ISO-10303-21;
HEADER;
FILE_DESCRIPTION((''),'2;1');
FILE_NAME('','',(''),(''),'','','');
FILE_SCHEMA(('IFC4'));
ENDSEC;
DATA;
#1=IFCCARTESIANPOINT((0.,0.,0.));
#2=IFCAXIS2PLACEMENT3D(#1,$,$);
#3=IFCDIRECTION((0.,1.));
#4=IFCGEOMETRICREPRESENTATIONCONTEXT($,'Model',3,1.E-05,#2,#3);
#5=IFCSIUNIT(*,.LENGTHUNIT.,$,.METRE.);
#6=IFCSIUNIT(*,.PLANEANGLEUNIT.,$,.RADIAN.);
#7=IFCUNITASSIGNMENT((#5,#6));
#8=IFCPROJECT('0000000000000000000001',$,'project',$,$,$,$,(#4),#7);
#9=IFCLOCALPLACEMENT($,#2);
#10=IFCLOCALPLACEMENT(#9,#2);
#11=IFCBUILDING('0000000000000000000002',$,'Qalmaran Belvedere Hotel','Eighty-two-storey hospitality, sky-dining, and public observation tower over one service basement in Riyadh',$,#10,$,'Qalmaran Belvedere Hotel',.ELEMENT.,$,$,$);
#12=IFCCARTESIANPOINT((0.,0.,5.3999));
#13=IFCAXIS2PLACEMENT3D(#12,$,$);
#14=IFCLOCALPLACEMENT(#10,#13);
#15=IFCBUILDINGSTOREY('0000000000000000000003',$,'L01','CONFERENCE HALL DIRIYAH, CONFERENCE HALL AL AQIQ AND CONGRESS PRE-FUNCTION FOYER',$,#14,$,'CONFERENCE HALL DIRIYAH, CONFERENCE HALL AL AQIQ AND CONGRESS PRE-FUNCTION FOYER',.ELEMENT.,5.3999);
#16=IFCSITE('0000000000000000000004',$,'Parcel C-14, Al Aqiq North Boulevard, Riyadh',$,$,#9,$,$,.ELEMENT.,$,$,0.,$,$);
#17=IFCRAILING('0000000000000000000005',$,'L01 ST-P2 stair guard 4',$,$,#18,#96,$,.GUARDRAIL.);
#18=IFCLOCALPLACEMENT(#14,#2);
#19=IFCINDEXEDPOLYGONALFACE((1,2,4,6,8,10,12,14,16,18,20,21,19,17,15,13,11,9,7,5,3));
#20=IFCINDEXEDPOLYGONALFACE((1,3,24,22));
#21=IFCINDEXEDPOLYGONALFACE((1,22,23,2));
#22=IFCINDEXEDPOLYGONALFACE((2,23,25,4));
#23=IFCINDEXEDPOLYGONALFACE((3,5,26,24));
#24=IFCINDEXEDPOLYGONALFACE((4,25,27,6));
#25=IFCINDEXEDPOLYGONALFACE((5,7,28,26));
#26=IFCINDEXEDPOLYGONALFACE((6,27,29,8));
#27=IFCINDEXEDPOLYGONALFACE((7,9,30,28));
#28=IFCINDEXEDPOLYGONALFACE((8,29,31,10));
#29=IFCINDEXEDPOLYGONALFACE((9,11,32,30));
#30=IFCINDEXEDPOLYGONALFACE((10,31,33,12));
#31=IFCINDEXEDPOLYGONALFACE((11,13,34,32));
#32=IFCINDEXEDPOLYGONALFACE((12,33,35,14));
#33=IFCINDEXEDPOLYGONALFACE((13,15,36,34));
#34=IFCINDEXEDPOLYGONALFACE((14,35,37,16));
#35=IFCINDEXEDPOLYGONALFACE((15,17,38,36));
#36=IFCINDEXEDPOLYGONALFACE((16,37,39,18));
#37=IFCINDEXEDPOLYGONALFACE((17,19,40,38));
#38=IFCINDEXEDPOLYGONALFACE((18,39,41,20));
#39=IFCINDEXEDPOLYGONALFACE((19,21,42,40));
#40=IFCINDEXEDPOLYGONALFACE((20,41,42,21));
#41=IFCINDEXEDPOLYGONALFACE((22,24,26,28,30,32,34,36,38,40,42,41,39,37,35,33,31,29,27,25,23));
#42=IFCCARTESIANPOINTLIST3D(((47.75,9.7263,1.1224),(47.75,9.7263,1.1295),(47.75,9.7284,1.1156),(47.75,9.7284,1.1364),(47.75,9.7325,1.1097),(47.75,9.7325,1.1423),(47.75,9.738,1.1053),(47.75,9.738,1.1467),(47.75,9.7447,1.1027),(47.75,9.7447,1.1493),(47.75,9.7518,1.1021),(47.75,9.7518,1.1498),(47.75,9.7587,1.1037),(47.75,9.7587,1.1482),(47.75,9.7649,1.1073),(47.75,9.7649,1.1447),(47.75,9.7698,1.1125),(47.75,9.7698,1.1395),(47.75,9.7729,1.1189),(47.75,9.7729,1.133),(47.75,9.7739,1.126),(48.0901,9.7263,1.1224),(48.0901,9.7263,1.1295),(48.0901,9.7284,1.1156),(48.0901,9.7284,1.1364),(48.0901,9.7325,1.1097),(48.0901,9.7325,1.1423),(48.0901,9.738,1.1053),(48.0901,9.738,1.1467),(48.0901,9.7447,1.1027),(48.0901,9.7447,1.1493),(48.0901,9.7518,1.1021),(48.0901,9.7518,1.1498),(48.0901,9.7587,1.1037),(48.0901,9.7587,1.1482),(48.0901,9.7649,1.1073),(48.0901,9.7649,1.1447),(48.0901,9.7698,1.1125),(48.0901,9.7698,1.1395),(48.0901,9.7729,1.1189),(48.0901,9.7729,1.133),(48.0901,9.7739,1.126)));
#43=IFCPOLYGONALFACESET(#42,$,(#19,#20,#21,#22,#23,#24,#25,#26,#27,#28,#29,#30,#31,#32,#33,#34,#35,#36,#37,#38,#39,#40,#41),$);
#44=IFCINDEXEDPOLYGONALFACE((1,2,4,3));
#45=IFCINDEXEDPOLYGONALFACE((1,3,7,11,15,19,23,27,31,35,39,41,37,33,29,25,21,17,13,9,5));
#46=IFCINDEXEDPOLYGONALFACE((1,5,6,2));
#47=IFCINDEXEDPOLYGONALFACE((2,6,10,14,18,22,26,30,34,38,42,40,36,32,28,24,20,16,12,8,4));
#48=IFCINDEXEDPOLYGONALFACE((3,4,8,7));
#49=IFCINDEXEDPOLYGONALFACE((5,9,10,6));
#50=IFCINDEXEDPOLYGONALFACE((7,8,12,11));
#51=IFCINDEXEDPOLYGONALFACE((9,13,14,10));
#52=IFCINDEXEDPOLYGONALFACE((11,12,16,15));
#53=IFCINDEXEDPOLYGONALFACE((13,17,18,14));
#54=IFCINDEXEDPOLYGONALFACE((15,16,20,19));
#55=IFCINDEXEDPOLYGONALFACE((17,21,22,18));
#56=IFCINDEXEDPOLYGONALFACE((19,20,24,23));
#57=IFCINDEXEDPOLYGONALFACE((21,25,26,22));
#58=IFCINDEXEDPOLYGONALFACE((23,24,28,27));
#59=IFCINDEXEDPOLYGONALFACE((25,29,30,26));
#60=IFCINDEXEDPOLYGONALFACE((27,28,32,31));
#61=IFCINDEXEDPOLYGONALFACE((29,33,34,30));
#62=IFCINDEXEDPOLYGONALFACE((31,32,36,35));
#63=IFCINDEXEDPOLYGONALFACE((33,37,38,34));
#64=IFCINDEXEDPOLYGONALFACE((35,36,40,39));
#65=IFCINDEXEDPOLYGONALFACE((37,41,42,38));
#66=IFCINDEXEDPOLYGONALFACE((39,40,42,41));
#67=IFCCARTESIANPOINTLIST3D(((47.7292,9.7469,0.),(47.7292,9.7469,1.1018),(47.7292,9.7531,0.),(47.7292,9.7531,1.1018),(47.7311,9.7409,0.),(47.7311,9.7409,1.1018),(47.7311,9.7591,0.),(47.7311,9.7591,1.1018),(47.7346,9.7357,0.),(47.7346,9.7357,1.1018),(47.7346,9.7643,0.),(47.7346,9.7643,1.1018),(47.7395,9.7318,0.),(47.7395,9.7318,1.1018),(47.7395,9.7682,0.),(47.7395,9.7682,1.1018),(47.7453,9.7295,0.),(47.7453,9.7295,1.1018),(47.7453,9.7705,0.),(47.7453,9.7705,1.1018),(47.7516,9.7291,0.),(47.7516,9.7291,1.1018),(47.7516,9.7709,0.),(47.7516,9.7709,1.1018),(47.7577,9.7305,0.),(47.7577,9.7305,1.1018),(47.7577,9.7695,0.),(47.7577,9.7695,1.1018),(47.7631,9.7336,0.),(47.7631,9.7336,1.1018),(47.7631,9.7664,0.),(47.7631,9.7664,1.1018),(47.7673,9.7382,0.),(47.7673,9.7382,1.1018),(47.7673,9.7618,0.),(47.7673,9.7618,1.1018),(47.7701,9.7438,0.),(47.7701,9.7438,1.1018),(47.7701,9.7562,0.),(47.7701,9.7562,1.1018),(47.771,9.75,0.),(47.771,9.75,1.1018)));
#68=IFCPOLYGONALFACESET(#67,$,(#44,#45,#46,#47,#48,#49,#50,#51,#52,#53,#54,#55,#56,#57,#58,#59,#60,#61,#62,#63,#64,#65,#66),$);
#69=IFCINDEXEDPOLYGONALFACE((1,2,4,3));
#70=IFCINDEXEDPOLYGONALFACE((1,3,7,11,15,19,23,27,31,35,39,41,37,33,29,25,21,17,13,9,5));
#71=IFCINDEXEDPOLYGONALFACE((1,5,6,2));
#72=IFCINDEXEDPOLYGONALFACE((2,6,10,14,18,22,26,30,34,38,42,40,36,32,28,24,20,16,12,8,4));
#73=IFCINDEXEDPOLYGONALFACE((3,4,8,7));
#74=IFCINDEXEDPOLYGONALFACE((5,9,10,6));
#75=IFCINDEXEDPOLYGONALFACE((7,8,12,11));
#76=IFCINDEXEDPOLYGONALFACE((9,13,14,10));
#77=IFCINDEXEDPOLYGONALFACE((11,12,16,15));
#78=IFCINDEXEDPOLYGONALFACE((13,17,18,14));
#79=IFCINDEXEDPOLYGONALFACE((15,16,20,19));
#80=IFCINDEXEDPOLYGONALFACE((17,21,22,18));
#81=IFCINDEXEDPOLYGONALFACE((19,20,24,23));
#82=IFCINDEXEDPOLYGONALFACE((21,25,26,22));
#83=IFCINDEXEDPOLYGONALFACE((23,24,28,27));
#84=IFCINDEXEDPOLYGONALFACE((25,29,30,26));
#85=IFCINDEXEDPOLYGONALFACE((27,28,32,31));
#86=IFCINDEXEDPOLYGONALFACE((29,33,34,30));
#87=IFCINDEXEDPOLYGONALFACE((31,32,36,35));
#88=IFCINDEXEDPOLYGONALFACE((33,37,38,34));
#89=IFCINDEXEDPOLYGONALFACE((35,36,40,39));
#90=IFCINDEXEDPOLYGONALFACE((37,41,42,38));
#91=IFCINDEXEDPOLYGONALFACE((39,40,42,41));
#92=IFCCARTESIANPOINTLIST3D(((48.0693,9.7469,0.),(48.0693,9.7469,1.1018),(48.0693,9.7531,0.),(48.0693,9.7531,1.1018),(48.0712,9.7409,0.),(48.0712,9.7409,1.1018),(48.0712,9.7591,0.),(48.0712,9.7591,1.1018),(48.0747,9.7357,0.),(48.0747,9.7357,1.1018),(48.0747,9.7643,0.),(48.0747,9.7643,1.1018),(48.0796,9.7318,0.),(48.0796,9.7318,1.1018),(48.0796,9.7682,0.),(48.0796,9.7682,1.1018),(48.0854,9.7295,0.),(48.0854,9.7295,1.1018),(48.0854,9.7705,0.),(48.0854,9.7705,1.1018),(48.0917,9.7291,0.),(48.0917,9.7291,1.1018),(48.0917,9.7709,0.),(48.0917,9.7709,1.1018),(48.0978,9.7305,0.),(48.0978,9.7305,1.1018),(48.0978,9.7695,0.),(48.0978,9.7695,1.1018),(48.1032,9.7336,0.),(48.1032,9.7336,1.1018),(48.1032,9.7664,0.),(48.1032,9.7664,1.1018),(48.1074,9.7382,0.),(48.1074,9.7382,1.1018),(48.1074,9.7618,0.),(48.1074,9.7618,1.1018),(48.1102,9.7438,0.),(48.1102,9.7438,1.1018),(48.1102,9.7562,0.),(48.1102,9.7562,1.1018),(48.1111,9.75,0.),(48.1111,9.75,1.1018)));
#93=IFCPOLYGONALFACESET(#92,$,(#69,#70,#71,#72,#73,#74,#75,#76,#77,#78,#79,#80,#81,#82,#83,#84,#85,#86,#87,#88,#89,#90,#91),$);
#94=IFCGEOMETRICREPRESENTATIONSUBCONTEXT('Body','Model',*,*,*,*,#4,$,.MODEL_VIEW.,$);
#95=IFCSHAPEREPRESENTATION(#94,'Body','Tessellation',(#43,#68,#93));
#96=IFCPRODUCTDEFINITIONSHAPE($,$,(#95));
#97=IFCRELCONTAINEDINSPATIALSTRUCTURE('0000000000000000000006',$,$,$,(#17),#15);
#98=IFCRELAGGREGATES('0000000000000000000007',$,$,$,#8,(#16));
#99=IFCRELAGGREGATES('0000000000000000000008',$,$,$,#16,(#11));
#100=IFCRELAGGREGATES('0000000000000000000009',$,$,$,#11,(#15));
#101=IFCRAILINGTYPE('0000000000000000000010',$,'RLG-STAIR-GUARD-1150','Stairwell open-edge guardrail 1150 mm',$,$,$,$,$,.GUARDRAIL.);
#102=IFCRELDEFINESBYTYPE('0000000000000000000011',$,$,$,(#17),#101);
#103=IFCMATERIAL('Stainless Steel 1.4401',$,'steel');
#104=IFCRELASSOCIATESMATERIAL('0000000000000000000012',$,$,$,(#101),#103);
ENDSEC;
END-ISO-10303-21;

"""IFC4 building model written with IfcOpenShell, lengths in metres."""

from ifc_helpers import new_model, si_unit, direction, frame, origin, origin_2d, place, context, subcontext, project, spatial, circle, extrude, material, type_object, element, save


model = new_model("IFC4")

# Units and contexts
model_context = context("Model", 3, precision=1e-05, world=origin(), true_north=direction((0.0, 1.0)))
body_context = subcontext(model_context, "Body", "Model", "MODEL_VIEW")
ifc_project = project(units=[si_unit("LENGTHUNIT", "METRE"), si_unit("PLANEANGLEUNIT", "RADIAN")], contexts=[model_context])

# Site, building, storey
site_placement = place(None, origin())
site = spatial("IfcSite", under=ifc_project, at=site_placement, Name="Parcel C-14, Al Aqiq North Boulevard, Riyadh", CompositionType="ELEMENT", RefElevation=0.0)
building_placement = place(site_placement, origin())
building = spatial("IfcBuilding", under=site, at=building_placement, Name="Qalmaran Belvedere Hotel", Description="Eighty-two-storey hospitality, sky-dining, and public observation tower over one service basement in Riyadh", LongName="Qalmaran Belvedere Hotel", CompositionType="ELEMENT")
storey_placement = place(building_placement, frame((0.0, 0.0, 5.3999)))
storey = spatial("IfcBuildingStorey", under=building, at=storey_placement, Name="L01", Description="CONFERENCE HALL DIRIYAH, CONFERENCE HALL AL AQIQ AND CONGRESS PRE-FUNCTION FOYER", LongName="CONFERENCE HALL DIRIYAH, CONFERENCE HALL AL AQIQ AND CONGRESS PRE-FUNCTION FOYER", CompositionType="ELEMENT", Elevation=5.3999)

# Railing
ifc_material_1 = material(Name="Stainless Steel 1.4401", Category="steel")
railing_type_1 = type_object("IfcRailingType", Name="RLG-STAIR-GUARD-1150", Description="Stairwell open-edge guardrail 1150 mm", PredefinedType="GUARDRAIL", material=ifc_material_1)
railing_1_placement = place(storey_placement, frame((47.75, 9.75, 0.0)))
element("IfcRailing", 1, at=railing_1_placement, inside=storey, type_object=railing_type_1, Name="L01 ST-P2 stair guard 4", PredefinedType="GUARDRAIL", context=body_context, shape_type="SweptSolid", body=[
    extrude(circle(Radius=0.0239, at=origin_2d()), frame((0.0, 0.0, 1.126), z_axis=(1.0, 0.0, 0.0), x_axis=(0.0, 1.0, 0.0)), (0.0, 0.0, 1.0), 0.3401),
    extrude(circle(Radius=0.021, at=origin_2d()), origin(), (0.0, 0.0, 1.0), 1.1018),
    extrude(circle(Radius=0.021, at=origin_2d()), frame((0.3401, 0.0, 0.0)), (0.0, 0.0, 1.0), 1.1018),
])

save(model, "model.ifc")
